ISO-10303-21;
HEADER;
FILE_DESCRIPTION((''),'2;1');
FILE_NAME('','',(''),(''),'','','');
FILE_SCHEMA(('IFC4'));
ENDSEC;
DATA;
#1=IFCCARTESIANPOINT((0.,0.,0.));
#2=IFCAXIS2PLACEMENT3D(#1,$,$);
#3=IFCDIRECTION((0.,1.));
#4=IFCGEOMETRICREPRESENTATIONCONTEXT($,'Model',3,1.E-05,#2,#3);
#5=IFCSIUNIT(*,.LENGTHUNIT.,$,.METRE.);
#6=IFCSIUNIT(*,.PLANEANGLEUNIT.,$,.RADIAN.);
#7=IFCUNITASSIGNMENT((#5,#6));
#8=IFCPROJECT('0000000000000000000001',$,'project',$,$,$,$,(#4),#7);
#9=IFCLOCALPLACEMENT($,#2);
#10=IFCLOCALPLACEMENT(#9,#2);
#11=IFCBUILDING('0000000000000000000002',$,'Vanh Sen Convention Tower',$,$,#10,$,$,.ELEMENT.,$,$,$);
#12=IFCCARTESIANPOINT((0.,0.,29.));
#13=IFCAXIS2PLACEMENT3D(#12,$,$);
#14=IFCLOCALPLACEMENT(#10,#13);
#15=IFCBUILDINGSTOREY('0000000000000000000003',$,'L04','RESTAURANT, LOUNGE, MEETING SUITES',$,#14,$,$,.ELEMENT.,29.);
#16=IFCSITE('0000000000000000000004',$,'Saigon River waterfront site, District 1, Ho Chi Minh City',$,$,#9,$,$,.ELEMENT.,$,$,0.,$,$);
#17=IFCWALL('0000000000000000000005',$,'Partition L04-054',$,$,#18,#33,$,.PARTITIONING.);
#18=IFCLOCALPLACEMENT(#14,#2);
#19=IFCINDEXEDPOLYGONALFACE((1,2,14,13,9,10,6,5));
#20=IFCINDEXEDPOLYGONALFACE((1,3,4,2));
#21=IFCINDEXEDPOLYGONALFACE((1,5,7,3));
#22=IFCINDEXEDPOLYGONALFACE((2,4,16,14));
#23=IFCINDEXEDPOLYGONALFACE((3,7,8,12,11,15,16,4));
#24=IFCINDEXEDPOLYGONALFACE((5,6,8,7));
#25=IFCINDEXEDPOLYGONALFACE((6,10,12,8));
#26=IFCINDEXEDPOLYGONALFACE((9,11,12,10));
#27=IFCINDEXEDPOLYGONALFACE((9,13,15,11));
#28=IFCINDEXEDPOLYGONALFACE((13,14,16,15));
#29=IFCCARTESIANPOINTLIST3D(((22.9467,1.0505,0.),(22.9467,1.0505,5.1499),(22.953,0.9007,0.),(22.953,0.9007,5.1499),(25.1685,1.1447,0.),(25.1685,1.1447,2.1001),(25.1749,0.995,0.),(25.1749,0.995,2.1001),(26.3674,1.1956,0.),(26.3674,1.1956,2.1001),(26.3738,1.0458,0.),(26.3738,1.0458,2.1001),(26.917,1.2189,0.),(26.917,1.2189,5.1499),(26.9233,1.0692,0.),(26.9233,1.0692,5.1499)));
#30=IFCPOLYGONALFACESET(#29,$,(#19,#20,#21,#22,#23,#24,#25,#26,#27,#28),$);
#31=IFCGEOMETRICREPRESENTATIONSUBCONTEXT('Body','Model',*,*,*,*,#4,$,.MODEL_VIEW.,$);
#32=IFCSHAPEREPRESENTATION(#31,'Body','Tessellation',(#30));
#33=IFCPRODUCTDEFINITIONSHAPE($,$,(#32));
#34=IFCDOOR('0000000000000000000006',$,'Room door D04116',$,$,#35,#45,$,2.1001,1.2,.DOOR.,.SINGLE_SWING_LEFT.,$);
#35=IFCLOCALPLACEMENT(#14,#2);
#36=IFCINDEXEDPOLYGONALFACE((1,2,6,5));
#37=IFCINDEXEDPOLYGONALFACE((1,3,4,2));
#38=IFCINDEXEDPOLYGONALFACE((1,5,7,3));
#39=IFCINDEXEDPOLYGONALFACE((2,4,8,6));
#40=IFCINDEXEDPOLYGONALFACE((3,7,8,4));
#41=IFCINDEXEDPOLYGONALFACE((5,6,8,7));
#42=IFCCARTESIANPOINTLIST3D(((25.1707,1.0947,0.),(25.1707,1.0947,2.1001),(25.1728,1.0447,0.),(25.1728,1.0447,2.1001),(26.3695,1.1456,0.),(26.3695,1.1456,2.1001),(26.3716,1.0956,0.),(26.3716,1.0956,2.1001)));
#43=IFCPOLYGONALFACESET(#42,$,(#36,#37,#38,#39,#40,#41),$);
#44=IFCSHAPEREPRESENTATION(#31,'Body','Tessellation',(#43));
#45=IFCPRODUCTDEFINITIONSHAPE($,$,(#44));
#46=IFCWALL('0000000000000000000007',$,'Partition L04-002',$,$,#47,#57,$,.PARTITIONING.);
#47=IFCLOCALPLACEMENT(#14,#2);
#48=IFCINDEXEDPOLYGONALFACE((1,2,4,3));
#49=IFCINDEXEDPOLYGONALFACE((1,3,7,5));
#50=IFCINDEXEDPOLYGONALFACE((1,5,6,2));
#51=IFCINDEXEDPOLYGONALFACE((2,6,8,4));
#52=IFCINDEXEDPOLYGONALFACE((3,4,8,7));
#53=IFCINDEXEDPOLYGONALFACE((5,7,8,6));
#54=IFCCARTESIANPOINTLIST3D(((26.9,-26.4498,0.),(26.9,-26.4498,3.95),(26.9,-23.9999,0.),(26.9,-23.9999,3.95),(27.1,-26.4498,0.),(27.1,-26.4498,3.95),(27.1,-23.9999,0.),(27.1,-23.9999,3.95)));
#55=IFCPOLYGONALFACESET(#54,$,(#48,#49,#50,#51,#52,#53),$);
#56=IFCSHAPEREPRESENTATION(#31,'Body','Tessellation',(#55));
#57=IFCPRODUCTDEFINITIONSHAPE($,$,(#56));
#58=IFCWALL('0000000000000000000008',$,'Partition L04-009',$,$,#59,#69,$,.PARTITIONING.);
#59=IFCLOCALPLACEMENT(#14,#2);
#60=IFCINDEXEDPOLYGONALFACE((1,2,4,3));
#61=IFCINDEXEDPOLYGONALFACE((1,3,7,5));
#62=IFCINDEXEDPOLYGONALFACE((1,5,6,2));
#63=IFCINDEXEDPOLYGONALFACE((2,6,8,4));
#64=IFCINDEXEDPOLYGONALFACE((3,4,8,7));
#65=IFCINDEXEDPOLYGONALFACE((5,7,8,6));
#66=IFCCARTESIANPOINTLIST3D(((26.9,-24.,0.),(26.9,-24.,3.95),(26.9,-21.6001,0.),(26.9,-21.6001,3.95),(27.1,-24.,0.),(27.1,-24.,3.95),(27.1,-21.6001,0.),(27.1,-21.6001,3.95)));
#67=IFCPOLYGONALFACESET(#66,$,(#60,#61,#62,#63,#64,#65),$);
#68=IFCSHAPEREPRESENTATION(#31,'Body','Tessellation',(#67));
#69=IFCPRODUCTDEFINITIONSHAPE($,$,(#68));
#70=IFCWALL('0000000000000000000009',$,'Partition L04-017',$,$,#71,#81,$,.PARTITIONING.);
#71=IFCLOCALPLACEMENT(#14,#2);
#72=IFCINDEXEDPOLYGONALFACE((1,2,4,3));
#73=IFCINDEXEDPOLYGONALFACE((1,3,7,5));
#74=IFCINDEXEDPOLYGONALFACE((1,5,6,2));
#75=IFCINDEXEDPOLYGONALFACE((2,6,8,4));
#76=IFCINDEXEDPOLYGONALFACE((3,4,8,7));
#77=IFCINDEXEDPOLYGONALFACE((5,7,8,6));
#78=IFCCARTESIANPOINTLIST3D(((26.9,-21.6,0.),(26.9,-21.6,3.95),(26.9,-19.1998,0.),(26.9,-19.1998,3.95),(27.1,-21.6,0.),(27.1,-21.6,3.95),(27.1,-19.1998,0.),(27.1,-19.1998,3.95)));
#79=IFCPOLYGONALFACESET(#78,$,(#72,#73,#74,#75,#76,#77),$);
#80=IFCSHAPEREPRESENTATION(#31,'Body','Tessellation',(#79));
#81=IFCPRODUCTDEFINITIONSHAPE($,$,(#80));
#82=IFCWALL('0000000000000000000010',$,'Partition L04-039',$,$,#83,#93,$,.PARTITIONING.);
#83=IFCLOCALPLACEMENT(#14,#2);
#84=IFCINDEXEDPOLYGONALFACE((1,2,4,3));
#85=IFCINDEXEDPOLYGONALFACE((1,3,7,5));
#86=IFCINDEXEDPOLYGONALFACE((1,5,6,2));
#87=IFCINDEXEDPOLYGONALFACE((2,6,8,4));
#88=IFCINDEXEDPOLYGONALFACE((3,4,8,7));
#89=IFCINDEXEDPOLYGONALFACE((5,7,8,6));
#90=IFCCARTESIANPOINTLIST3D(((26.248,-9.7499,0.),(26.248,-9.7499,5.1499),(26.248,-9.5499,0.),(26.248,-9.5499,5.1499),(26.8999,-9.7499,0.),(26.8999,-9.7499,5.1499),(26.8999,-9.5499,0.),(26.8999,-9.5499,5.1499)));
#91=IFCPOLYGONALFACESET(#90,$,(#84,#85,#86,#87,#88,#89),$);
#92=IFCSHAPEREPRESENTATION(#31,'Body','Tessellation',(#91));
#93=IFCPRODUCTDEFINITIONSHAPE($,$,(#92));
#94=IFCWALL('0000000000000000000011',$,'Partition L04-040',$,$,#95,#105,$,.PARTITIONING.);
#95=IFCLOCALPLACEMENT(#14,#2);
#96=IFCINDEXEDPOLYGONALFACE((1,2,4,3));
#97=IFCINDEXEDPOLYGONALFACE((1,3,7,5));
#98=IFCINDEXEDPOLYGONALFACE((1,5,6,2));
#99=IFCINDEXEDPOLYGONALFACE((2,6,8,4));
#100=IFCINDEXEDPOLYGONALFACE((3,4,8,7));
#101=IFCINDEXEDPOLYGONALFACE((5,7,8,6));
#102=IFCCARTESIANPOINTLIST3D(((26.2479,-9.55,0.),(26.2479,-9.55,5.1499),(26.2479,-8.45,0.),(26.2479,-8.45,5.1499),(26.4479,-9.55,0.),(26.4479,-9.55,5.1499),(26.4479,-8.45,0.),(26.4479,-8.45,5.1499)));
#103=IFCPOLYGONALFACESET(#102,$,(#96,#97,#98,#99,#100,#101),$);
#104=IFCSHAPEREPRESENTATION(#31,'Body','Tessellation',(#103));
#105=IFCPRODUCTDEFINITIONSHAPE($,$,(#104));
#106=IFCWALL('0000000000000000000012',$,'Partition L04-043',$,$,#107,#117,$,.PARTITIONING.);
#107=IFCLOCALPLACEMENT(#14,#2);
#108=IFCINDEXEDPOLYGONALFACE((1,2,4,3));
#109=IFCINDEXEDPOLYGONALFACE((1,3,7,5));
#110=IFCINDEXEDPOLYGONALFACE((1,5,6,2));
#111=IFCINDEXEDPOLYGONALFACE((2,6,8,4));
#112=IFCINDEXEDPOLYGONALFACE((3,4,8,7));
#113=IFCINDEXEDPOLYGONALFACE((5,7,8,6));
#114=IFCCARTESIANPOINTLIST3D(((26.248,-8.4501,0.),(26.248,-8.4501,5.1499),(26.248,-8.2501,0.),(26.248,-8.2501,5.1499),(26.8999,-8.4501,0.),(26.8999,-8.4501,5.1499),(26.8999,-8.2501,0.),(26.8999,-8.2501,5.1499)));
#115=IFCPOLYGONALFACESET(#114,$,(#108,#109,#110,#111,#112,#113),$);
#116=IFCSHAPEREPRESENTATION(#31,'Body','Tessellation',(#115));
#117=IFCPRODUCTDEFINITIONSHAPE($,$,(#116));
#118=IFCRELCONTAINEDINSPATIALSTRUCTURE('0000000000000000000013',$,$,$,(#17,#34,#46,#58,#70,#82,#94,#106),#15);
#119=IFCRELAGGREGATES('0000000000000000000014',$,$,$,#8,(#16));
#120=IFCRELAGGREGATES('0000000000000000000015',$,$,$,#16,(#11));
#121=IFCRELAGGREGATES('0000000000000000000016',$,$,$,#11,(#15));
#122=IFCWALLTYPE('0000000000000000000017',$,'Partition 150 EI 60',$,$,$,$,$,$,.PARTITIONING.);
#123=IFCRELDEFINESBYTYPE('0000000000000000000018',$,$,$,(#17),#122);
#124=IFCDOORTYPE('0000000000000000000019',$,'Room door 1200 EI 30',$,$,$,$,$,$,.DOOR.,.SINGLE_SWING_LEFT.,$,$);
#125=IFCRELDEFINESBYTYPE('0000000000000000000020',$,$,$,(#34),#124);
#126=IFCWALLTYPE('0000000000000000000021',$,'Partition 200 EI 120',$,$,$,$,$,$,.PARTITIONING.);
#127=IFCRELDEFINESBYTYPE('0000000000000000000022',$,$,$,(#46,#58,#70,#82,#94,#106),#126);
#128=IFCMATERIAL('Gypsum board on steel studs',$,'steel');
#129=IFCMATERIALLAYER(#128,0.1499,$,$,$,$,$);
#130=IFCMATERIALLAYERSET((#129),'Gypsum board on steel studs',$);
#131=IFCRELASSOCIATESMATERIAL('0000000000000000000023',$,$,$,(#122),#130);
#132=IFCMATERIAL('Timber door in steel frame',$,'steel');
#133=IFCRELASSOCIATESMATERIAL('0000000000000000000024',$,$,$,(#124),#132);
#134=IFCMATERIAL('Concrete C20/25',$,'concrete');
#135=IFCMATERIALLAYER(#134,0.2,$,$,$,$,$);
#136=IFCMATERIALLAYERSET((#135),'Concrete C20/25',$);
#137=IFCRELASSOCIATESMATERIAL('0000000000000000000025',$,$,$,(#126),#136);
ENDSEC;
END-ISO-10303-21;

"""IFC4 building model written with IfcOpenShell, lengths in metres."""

from ifc_helpers import new_model, si_unit, direction, frame, frame_2d, origin, place, context, subcontext, project, spatial, rectangle, extrude, material, layer, layer_set, type_object, element, fill, save


model = new_model("IFC4")

# Units and contexts
model_context = context("Model", 3, precision=1e-05, world=origin(), true_north=direction((0.0, 1.0)))
body_context = subcontext(model_context, "Body", "Model", "MODEL_VIEW")
ifc_project = project(units=[si_unit("LENGTHUNIT", "METRE"), si_unit("PLANEANGLEUNIT", "RADIAN")], contexts=[model_context])

# Site, building, storey
site_placement = place(None, origin())
site = spatial("IfcSite", under=ifc_project, at=site_placement, Name="Saigon River waterfront site, District 1, Ho Chi Minh City", CompositionType="ELEMENT", RefElevation=0.0)
building_placement = place(site_placement, origin())
building = spatial("IfcBuilding", under=site, at=building_placement, Name="Vanh Sen Convention Tower", CompositionType="ELEMENT")
storey_placement = place(building_placement, frame((0.0, 0.0, 29.0)))
storey = spatial("IfcBuildingStorey", under=building, at=storey_placement, Name="L04", Description="RESTAURANT, LOUNGE, MEETING SUITES", CompositionType="ELEMENT", Elevation=29.0)

# Shared definitions
ifc_material_1 = material(Name="Gypsum board on steel studs", Category="steel")
ifc_material_2 = material(Name="Timber door in steel frame", Category="steel")

# Shared definitions
ifc_layer_1 = layer(ifc_material_1, 0.1499)
ifc_layer_set_1 = layer_set([ifc_layer_1], Name="Gypsum board on steel studs")
wall_type_1 = type_object("IfcWallType", Name="Partition 150 EI 60", PredefinedType="PARTITIONING", material=ifc_layer_set_1)

# Wall, opening, door
wall_1_placement = place(storey_placement, frame((22.95, 0.9756, 0.0), z_axis=(0.0, 0.0, 1.0), x_axis=(0.999101, 0.042392, 0.0)))
wall_1 = element("IfcWall", 1, at=wall_1_placement, inside=storey, type_object=wall_type_1, Name="Partition L04-054", PredefinedType="PARTITIONING", context=body_context, shape_type="SweptSolid", body=[
    extrude(rectangle(XDim=3.9739, YDim=0.1499, at=frame_2d((1.9868, 0.0))), origin(), (0.0, 0.0, 1.0), 5.1499),
])
opening_1_placement = place(wall_1_placement, frame((2.2236, 0.0, 0.0)))
opening_1 = element("IfcOpeningElement", 2, at=opening_1_placement, cuts=wall_1, PredefinedType="OPENING", context=body_context, shape_type="SweptSolid", body=[
    extrude(rectangle(XDim=1.2, YDim=2.1001, at=frame_2d((0.6001, 1.05))), frame((0.0, 0.085, 0.0), z_axis=(0.0, -1.0, 0.0), x_axis=(1.0, 0.0, 0.0)), (0.0, 0.0, 1.0), 0.1699),
])
door_type_1 = type_object("IfcDoorType", Name="Room door 1200 EI 30", OperationType="SINGLE_SWING_LEFT", PredefinedType="DOOR", material=ifc_material_2)
door_1_placement = place(opening_1_placement, origin())
door_1 = element("IfcDoor", 3, at=door_1_placement, inside=storey, type_object=door_type_1, Name="Room door D04116", OperationType="SINGLE_SWING_LEFT", OverallHeight=2.1001, OverallWidth=1.2, PredefinedType="DOOR", context=body_context, shape_type="SweptSolid", body=[
    extrude(rectangle(XDim=1.2, YDim=2.1001, at=frame_2d((0.6001, 1.05))), frame((0.0, 0.0249, 0.0), z_axis=(0.0, -1.0, 0.0), x_axis=(1.0, 0.0, 0.0)), (0.0, 0.0, 1.0), 0.05),
])
fill(opening_1, door_1)

# Walls
ifc_material_3 = material(Name="Concrete C20/25", Category="concrete")
ifc_layer_2 = layer(ifc_material_3, 0.2)
ifc_layer_set_2 = layer_set([ifc_layer_2], Name="Concrete C20/25")
wall_type_2 = type_object("IfcWallType", Name="Partition 200 EI 120", PredefinedType="PARTITIONING", material=ifc_layer_set_2)
wall_2_placement = place(storey_placement, frame((27.0, -26.45, 0.0), z_axis=(0.0, 0.0, 1.0), x_axis=(0.0, 1.0, 0.0)))
element("IfcWall", 4, at=wall_2_placement, inside=storey, type_object=wall_type_2, Name="Partition L04-002", PredefinedType="PARTITIONING", context=body_context, shape_type="SweptSolid", body=[
    extrude(rectangle(XDim=2.45, YDim=0.2, at=frame_2d((1.2251, 0.0))), origin(), (0.0, 0.0, 1.0), 3.95),
])
wall_3_placement = place(storey_placement, frame((27.0, -24.0, 0.0), z_axis=(0.0, 0.0, 1.0), x_axis=(0.0, 1.0, 0.0)))
element("IfcWall", 5, at=wall_3_placement, inside=storey, type_object=wall_type_2, Name="Partition L04-009", PredefinedType="PARTITIONING", context=body_context, shape_type="SweptSolid", body=[
    extrude(rectangle(XDim=2.3999, YDim=0.2, at=frame_2d((1.2, 0.0))), origin(), (0.0, 0.0, 1.0), 3.95),
])
wall_4_placement = place(storey_placement, frame((27.0, -21.6001, 0.0), z_axis=(0.0, 0.0, 1.0), x_axis=(0.0, 1.0, 0.0)))
element("IfcWall", 6, at=wall_4_placement, inside=storey, type_object=wall_type_2, Name="Partition L04-017", PredefinedType="PARTITIONING", context=body_context, shape_type="SweptSolid", body=[
    extrude(rectangle(XDim=2.4001, YDim=0.2, at=frame_2d((1.2002, 0.0))), origin(), (0.0, 0.0, 1.0), 3.95),
])
wall_5_placement = place(storey_placement, frame((26.8999, -9.6499, 0.0), z_axis=(0.0, 0.0, 1.0), x_axis=(-1.0, 0.0, 0.0)))
element("IfcWall", 7, at=wall_5_placement, inside=storey, type_object=wall_type_2, Name="Partition L04-039", PredefinedType="PARTITIONING", context=body_context, shape_type="SweptSolid", body=[
    extrude(rectangle(XDim=0.6519, YDim=0.2, at=frame_2d((0.3259, 0.0))), origin(), (0.0, 0.0, 1.0), 5.1499),
])
wall_6_placement = place(storey_placement, frame((26.3479, -9.55, 0.0), z_axis=(0.0, 0.0, 1.0), x_axis=(0.0, 1.0, 0.0)))
element("IfcWall", 8, at=wall_6_placement, inside=storey, type_object=wall_type_2, Name="Partition L04-040", PredefinedType="PARTITIONING", context=body_context, shape_type="SweptSolid", body=[
    extrude(rectangle(XDim=1.1001, YDim=0.2, at=frame_2d((0.55, 0.0))), origin(), (0.0, 0.0, 1.0), 5.1499),
])
wall_7_placement = place(storey_placement, frame((26.8999, -8.3501, 0.0), z_axis=(0.0, 0.0, 1.0), x_axis=(-1.0, 0.0, 0.0)))
element("IfcWall", 9, at=wall_7_placement, inside=storey, type_object=wall_type_2, Name="Partition L04-043", PredefinedType="PARTITIONING", context=body_context, shape_type="SweptSolid", body=[
    extrude(rectangle(XDim=0.6519, YDim=0.2, at=frame_2d((0.3259, 0.0))), origin(), (0.0, 0.0, 1.0), 5.1499),
])

save(model, "model.ifc")
